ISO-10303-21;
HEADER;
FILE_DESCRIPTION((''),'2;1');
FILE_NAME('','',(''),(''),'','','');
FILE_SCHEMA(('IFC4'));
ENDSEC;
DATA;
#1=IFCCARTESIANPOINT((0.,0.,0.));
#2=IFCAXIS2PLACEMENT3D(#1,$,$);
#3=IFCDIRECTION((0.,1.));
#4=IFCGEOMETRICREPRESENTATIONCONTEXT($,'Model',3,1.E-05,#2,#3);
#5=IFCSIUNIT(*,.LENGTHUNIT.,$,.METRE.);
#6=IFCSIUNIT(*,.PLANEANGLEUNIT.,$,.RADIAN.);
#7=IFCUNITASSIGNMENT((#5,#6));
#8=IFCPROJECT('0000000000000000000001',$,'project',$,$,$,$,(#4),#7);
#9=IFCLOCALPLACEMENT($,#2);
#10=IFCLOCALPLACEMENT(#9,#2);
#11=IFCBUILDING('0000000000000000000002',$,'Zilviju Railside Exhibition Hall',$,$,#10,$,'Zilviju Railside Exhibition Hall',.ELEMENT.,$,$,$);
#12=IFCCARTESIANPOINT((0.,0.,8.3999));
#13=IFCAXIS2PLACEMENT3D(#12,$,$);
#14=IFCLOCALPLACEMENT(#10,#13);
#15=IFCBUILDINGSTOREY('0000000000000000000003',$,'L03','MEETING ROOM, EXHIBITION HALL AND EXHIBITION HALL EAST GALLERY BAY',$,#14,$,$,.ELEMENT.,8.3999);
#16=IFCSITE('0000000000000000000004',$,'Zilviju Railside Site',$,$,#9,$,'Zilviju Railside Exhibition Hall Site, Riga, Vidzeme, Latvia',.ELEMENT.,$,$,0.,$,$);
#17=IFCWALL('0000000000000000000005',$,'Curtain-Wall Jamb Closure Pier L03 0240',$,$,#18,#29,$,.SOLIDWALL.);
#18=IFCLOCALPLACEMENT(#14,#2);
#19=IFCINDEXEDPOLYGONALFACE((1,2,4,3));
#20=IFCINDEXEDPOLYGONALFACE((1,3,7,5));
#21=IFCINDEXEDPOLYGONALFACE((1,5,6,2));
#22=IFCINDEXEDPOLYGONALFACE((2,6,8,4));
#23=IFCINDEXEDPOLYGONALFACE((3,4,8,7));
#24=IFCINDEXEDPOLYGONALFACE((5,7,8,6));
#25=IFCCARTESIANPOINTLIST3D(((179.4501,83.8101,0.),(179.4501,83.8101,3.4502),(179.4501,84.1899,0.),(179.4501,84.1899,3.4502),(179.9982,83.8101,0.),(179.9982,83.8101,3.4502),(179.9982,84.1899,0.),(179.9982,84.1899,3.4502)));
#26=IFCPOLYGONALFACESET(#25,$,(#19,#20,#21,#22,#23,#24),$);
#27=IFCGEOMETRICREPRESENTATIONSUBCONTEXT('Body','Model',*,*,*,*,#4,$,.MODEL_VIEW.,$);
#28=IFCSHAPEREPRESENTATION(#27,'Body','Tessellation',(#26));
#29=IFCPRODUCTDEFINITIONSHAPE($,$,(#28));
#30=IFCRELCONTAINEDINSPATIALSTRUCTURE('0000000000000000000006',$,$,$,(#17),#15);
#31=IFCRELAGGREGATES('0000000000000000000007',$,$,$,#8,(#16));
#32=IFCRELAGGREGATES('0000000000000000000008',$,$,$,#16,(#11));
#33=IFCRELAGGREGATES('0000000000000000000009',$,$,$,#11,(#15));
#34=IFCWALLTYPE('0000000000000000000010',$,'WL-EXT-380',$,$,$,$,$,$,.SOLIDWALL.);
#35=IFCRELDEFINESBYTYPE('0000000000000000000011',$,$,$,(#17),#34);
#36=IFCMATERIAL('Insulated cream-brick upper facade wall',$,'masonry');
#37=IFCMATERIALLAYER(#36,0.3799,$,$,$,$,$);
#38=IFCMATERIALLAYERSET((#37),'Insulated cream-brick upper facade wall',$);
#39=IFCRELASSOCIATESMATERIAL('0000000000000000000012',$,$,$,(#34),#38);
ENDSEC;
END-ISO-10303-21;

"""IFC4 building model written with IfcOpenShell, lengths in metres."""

from ifc_helpers import new_model, si_unit, direction, frame, frame_2d, origin, place, context, subcontext, project, spatial, rectangle, extrude, material, layer, layer_set, type_object, element, save


model = new_model("IFC4")

# Units and contexts
model_context = context("Model", 3, precision=1e-05, world=origin(), true_north=direction((0.0, 1.0)))
body_context = subcontext(model_context, "Body", "Model", "MODEL_VIEW")
ifc_project = project(units=[si_unit("LENGTHUNIT", "METRE"), si_unit("PLANEANGLEUNIT", "RADIAN")], contexts=[model_context])

# Site, building, storey
site_placement = place(None, origin())
site = spatial("IfcSite", under=ifc_project, at=site_placement, Name="Zilviju Railside Site", LongName="Zilviju Railside Exhibition Hall Site, Riga, Vidzeme, Latvia", CompositionType="ELEMENT", RefElevation=0.0)
building_placement = place(site_placement, origin())
building = spatial("IfcBuilding", under=site, at=building_placement, Name="Zilviju Railside Exhibition Hall", LongName="Zilviju Railside Exhibition Hall", CompositionType="ELEMENT")
storey_placement = place(building_placement, frame((0.0, 0.0, 8.3999)))
storey = spatial("IfcBuildingStorey", under=building, at=storey_placement, Name="L03", Description="MEETING ROOM, EXHIBITION HALL AND EXHIBITION HALL EAST GALLERY BAY", CompositionType="ELEMENT", Elevation=8.3999)

# Wall
ifc_material_1 = material(Name="Insulated cream-brick upper facade wall", Category="masonry")
ifc_layer_1 = layer(ifc_material_1, 0.3799)
ifc_layer_set_1 = layer_set([ifc_layer_1], Name="Insulated cream-brick upper facade wall")
wall_type = type_object("IfcWallType", Name="WL-EXT-380", PredefinedType="SOLIDWALL", material=ifc_layer_set_1)
wall_placement = place(storey_placement, frame((179.998, 84.0, 0.0), z_axis=(0.0, 0.0, 1.0), x_axis=(-1.0, 0.0, 0.0)))
element("IfcWall", 1, at=wall_placement, inside=storey, type_object=wall_type, Name="Curtain-Wall Jamb Closure Pier L03 0240", PredefinedType="SOLIDWALL", context=body_context, shape_type="SweptSolid", body=[
    extrude(rectangle(XDim=0.5481, YDim=0.3799, at=frame_2d((0.2739, 0.0))), origin(), (0.0, 0.0, 1.0), 3.4502),
])

save(model, "model.ifc")
